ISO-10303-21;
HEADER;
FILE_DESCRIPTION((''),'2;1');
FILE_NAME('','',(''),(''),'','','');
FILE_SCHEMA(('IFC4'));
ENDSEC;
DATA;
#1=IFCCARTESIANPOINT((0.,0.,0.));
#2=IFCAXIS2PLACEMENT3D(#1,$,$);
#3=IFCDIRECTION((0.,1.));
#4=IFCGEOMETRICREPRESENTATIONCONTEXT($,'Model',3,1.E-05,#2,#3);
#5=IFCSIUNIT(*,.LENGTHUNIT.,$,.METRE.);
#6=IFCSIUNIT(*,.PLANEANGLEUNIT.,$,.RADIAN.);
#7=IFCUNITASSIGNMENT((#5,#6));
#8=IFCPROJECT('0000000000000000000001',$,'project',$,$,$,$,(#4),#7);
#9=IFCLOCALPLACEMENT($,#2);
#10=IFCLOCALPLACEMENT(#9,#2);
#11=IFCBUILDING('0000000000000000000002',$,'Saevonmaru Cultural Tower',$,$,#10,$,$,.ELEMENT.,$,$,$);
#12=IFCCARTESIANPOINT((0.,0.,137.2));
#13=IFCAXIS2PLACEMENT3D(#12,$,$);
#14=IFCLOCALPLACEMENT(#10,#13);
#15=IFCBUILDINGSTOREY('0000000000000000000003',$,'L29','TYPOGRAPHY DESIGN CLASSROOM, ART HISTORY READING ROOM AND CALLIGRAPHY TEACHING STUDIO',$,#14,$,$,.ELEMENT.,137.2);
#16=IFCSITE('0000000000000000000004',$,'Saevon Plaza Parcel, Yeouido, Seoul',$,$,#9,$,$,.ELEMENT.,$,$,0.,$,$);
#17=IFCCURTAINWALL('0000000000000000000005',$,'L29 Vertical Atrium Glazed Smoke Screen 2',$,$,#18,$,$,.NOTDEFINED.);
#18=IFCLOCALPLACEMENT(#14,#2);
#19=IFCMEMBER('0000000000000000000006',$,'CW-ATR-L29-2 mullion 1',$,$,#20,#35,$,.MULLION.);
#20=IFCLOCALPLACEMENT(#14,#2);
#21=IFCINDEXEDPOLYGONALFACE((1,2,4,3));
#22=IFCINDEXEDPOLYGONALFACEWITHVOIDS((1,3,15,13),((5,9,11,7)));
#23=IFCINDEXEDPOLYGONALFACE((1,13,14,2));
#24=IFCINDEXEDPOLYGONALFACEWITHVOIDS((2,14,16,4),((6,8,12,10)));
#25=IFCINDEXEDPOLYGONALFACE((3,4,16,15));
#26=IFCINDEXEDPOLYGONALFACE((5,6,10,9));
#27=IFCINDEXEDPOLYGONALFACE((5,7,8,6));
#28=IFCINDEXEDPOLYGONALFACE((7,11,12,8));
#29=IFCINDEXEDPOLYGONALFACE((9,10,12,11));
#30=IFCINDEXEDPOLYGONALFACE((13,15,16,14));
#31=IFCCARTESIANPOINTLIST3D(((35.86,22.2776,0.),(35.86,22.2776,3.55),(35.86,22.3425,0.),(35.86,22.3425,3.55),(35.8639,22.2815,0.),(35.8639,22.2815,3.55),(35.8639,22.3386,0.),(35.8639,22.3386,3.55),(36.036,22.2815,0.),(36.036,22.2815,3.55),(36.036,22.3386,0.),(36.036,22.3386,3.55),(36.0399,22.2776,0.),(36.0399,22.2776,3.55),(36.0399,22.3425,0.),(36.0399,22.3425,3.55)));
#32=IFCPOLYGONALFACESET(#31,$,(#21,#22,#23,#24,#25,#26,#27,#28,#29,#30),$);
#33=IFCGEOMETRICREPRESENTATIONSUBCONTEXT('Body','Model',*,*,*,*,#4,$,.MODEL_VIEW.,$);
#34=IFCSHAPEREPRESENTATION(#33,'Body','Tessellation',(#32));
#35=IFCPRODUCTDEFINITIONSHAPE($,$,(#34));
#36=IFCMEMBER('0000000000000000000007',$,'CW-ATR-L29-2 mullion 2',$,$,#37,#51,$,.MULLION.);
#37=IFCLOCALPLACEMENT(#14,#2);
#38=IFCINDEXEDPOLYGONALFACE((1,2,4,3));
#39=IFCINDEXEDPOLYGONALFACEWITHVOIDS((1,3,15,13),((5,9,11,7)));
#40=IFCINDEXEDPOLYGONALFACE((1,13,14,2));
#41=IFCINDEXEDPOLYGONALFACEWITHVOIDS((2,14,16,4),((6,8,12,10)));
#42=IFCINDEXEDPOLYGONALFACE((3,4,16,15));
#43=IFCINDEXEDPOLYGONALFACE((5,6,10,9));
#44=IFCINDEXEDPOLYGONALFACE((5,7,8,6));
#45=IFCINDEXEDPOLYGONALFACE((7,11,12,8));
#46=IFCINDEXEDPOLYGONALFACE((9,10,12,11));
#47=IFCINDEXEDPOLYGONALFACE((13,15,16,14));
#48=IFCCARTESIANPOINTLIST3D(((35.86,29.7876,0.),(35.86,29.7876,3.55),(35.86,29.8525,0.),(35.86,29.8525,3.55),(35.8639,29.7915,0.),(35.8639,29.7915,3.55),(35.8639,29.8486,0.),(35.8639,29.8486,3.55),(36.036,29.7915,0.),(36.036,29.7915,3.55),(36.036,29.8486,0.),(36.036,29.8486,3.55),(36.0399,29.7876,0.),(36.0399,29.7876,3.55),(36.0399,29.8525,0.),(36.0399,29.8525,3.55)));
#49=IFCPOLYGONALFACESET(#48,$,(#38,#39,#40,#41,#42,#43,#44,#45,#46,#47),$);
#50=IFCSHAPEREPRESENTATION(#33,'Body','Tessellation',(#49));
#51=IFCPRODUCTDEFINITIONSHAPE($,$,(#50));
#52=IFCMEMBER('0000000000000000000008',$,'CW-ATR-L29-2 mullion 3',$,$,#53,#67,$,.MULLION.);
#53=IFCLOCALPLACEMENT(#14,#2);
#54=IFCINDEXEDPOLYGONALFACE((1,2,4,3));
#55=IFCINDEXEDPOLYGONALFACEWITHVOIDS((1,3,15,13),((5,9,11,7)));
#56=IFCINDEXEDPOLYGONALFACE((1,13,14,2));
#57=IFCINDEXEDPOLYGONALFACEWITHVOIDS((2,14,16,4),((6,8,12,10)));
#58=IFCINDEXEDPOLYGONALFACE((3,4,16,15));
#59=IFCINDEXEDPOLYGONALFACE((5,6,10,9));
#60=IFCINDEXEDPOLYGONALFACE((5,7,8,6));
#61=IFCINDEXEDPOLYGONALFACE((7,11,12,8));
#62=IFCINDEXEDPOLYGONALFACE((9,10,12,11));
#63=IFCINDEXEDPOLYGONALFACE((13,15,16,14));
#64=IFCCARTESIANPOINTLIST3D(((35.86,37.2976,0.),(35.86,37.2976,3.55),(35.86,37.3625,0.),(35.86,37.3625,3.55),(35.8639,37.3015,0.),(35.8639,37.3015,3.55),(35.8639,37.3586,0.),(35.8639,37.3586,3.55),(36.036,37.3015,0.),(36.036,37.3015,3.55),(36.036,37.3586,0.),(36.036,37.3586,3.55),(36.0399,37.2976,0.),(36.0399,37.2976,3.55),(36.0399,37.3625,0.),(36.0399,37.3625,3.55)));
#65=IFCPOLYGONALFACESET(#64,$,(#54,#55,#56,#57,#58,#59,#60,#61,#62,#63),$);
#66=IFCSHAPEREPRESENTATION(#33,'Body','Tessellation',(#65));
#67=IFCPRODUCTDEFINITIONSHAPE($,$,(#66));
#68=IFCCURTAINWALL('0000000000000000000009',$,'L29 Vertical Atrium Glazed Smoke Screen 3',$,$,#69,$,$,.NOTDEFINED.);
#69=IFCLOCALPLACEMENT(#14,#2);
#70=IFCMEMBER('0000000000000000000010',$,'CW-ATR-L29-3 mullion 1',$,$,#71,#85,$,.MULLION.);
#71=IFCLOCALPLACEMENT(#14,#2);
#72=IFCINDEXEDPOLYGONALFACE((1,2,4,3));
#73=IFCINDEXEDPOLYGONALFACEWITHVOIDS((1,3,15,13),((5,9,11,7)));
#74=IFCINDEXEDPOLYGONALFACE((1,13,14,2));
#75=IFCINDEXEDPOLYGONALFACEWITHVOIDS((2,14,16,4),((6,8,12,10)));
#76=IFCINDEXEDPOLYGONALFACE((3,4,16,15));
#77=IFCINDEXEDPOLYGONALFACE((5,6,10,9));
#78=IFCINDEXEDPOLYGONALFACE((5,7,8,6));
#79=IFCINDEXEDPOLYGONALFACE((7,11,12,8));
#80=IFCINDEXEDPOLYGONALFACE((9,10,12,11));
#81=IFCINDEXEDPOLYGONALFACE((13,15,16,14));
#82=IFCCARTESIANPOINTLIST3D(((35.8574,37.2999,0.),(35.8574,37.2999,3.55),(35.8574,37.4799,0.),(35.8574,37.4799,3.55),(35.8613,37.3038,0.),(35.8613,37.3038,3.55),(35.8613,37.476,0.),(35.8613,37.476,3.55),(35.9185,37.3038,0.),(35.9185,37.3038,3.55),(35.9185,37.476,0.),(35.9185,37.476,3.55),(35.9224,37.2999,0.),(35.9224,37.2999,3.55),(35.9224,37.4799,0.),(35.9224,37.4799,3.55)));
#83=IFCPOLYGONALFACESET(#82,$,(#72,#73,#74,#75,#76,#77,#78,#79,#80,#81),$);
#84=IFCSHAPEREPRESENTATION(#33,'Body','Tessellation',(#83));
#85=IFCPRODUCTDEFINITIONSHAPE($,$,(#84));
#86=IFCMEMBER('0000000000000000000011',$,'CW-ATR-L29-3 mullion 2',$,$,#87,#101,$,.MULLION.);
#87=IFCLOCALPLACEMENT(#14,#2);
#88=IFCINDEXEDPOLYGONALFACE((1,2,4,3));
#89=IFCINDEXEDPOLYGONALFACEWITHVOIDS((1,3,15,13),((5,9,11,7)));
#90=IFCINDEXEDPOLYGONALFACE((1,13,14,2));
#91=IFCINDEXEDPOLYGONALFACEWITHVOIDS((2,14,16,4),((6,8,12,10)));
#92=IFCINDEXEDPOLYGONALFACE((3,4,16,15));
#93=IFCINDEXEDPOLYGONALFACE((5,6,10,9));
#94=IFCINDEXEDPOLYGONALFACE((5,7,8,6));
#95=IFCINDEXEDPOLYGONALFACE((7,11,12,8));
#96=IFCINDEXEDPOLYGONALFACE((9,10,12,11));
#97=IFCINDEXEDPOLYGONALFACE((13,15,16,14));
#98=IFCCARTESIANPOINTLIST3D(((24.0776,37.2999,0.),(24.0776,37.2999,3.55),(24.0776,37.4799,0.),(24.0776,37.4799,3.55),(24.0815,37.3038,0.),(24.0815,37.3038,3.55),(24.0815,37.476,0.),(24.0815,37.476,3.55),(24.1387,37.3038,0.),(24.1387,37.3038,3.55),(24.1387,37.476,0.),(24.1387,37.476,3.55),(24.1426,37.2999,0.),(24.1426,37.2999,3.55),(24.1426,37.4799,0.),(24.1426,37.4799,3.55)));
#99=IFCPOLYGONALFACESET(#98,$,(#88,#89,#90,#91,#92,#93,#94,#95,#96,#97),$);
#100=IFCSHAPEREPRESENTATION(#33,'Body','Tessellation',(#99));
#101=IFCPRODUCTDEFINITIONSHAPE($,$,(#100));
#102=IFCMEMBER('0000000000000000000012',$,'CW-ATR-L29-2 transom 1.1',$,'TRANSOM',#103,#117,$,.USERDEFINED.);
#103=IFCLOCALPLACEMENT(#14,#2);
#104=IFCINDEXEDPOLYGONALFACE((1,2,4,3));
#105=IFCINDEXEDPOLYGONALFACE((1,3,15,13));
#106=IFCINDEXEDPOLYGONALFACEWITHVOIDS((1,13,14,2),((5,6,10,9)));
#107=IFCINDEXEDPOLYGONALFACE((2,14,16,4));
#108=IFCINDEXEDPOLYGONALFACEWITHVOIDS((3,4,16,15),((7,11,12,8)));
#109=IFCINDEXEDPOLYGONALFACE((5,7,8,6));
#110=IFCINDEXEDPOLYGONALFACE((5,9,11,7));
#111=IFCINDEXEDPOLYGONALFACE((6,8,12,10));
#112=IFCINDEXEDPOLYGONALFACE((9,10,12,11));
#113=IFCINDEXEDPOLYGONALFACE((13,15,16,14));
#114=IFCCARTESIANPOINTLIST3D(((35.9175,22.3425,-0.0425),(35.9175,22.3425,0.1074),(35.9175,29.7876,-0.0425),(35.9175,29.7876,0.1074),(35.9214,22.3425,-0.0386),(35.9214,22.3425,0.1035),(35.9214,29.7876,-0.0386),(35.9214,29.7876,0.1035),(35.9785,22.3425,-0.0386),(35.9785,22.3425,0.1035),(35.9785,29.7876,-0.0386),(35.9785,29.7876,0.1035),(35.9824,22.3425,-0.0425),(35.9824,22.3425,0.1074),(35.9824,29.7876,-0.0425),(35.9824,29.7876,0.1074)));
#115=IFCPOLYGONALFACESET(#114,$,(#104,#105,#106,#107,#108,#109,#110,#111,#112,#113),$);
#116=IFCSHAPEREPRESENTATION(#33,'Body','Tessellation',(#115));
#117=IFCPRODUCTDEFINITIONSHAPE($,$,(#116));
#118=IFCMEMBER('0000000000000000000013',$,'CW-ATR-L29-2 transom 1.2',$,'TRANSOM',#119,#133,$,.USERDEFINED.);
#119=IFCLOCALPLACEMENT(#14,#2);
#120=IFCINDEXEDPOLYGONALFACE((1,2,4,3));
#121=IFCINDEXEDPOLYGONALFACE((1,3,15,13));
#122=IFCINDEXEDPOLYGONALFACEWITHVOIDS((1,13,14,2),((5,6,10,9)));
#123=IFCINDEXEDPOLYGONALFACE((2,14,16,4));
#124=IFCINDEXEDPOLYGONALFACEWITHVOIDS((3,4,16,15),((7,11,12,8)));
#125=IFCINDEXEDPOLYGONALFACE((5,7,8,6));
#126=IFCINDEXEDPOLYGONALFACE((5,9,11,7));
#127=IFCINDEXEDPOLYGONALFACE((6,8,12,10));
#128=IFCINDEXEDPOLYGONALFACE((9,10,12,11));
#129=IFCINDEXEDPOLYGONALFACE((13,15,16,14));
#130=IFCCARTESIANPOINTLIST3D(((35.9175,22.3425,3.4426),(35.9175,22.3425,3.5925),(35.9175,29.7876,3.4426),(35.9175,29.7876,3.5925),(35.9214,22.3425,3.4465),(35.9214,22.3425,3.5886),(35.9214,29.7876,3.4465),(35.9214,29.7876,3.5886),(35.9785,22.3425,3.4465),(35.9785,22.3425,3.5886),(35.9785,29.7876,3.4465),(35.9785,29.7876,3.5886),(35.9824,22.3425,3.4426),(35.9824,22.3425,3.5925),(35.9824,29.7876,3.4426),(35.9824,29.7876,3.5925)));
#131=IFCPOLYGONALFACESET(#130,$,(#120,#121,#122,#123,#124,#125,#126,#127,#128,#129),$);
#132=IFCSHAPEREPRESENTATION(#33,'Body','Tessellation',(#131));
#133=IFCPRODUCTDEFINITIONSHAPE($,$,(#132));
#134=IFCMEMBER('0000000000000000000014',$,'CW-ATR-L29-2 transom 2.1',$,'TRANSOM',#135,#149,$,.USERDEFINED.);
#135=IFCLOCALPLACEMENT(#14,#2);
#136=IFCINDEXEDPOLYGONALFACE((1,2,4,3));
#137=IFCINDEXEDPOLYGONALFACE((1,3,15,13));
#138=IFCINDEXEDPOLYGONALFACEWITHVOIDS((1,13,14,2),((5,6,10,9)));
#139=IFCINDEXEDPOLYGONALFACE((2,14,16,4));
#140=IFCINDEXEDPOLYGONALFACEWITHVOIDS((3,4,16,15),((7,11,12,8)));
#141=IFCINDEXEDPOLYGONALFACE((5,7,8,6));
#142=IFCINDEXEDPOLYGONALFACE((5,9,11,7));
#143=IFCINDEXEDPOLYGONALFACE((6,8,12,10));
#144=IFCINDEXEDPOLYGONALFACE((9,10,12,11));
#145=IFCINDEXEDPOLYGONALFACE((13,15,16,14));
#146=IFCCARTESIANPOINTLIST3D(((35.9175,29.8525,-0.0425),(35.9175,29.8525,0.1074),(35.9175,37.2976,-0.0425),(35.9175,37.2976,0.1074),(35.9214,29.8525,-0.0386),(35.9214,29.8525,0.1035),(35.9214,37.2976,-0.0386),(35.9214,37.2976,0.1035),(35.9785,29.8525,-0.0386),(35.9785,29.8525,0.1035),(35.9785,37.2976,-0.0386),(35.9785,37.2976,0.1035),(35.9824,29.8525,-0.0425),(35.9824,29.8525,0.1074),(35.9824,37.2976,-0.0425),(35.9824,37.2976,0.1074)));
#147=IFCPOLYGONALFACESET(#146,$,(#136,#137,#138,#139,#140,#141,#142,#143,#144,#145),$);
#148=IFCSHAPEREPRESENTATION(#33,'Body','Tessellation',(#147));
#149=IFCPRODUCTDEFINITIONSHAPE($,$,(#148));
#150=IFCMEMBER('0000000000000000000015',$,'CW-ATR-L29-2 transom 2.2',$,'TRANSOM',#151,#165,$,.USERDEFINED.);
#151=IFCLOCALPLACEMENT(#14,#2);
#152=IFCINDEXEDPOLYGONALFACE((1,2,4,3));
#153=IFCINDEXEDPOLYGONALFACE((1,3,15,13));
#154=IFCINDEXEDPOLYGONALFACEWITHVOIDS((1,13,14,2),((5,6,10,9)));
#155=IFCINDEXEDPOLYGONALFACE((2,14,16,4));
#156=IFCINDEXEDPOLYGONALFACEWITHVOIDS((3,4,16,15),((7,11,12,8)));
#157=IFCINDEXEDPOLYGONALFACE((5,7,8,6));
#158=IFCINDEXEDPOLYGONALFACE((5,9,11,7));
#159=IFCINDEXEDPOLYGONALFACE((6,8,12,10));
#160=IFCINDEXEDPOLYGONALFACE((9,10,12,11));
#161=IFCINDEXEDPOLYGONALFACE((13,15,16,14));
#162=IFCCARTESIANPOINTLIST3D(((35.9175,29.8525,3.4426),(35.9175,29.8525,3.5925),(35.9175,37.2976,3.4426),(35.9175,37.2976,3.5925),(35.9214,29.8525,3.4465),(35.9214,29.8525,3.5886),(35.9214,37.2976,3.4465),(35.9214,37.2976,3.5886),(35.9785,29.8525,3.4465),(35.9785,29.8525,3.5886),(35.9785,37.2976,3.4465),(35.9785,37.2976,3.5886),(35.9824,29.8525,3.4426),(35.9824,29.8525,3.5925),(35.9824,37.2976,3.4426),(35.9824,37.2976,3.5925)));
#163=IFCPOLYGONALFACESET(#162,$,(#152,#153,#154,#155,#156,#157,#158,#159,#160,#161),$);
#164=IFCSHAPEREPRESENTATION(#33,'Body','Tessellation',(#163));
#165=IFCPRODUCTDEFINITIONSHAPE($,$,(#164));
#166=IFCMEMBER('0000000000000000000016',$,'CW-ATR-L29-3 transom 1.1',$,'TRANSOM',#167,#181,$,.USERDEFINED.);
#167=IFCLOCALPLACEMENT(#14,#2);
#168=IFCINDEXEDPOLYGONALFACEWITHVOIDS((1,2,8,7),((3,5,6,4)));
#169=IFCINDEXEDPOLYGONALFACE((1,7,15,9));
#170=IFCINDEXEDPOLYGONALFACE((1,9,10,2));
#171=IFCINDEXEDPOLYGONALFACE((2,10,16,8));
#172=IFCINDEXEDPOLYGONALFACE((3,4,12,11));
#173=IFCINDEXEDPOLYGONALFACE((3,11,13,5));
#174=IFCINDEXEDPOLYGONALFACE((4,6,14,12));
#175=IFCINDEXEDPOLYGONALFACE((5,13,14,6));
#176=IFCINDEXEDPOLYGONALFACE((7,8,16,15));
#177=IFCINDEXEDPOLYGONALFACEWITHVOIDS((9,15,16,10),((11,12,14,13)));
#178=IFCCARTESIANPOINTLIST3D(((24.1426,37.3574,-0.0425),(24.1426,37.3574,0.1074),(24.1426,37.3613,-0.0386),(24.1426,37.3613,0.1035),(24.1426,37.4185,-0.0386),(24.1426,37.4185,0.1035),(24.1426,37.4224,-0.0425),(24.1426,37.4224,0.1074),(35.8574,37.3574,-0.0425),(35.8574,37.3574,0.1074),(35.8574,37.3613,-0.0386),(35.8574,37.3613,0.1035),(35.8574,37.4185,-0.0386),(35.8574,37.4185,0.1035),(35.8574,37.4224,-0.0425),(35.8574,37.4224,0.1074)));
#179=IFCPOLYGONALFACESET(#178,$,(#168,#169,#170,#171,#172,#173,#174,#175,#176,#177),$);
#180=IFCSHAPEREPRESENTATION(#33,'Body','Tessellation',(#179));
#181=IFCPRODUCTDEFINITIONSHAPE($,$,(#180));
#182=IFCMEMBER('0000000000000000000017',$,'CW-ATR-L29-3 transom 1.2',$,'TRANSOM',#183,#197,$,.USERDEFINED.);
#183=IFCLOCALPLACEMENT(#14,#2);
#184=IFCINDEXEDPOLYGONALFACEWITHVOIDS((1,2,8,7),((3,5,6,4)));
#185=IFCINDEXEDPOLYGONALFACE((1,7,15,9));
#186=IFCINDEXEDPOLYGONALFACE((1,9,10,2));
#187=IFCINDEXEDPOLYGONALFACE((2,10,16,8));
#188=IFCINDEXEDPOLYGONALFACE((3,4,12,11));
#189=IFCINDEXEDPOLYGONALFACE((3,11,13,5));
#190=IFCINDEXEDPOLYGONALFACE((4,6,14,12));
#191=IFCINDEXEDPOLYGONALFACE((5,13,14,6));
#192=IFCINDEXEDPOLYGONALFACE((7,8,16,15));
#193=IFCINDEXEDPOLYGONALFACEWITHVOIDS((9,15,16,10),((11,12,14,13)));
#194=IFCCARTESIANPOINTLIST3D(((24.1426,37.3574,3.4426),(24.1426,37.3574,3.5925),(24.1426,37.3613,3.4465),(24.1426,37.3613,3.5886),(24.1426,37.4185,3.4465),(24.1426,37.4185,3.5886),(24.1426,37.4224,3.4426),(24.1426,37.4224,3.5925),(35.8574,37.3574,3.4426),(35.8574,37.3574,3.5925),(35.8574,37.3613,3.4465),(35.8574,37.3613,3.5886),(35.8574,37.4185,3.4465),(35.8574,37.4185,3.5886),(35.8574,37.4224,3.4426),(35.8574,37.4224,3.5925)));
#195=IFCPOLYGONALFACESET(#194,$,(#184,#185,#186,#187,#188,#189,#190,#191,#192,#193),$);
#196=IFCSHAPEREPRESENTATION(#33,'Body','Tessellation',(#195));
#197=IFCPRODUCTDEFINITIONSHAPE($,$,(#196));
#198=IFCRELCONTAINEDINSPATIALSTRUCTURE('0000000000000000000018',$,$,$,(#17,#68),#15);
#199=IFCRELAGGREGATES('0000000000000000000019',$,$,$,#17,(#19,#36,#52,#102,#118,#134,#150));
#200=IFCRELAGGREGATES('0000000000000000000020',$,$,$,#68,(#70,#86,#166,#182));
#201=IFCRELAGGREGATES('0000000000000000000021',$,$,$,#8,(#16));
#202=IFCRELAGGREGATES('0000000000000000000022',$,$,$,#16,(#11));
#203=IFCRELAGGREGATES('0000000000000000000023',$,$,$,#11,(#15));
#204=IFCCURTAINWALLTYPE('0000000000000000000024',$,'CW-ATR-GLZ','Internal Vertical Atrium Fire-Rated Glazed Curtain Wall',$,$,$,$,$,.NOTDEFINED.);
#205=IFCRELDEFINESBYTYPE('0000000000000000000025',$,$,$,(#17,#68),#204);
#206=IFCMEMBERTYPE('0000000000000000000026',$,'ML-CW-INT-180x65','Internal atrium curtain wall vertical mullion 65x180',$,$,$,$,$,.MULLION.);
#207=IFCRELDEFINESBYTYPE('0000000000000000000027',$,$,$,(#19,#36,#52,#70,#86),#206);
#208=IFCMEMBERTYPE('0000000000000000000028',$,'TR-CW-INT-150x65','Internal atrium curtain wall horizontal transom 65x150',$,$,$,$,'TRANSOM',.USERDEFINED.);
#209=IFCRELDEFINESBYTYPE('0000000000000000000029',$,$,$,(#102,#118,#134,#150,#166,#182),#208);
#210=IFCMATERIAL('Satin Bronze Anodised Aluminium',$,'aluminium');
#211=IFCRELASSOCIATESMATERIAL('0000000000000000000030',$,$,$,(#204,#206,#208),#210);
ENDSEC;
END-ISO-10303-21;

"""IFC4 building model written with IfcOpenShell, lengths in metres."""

from ifc_helpers import new_model, si_unit, direction, frame, origin, origin_2d, place, context, subcontext, project, spatial, hollow_rectangle, extrude, material, material_profile, profile_set, type_object, element, aggregate, save


model = new_model("IFC4")

# Units and contexts
model_context = context("Model", 3, precision=1e-05, world=origin(), true_north=direction((0.0, 1.0)))
body_context = subcontext(model_context, "Body", "Model", "MODEL_VIEW")
ifc_project = project(units=[si_unit("LENGTHUNIT", "METRE"), si_unit("PLANEANGLEUNIT", "RADIAN")], contexts=[model_context])

# Site, building, storey
site_placement = place(None, origin())
site = spatial("IfcSite", under=ifc_project, at=site_placement, Name="Saevon Plaza Parcel, Yeouido, Seoul", CompositionType="ELEMENT", RefElevation=0.0)
building_placement = place(site_placement, origin())
building = spatial("IfcBuilding", under=site, at=building_placement, Name="Saevonmaru Cultural Tower", CompositionType="ELEMENT")
storey_placement = place(building_placement, frame((0.0, 0.0, 137.2)))
storey = spatial("IfcBuildingStorey", under=building, at=storey_placement, Name="L29", Description="TYPOGRAPHY DESIGN CLASSROOM, ART HISTORY READING ROOM AND CALLIGRAPHY TEACHING STUDIO", CompositionType="ELEMENT", Elevation=137.2)

# Curtain walls, members
ifc_material_1 = material(Name="Satin Bronze Anodised Aluminium", Category="aluminium")
curtain_wall_type = type_object("IfcCurtainWallType", Name="CW-ATR-GLZ", Description="Internal Vertical Atrium Fire-Rated Glazed Curtain Wall", PredefinedType="NOTDEFINED", material=ifc_material_1)
curtain_wall_1_placement = place(storey_placement, origin())
curtain_wall_1 = element("IfcCurtainWall", 1, at=curtain_wall_1_placement, inside=storey, type_object=curtain_wall_type, Name="L29 Vertical Atrium Glazed Smoke Screen 2", PredefinedType="NOTDEFINED")
ifc_material_profile_1 = material_profile(ifc_material_1, hollow_rectangle(XDim=0.0649, YDim=0.1799, WallThickness=0.0039, at=origin_2d()), Name="ALU-MULL-180x65x4")
ifc_profile_set_1 = profile_set([ifc_material_profile_1], Name="Satin Bronze Anodised Aluminium")
member_type_1 = type_object("IfcMemberType", Name="ML-CW-INT-180x65", Description="Internal atrium curtain wall vertical mullion 65x180", PredefinedType="MULLION", material=ifc_profile_set_1)
member_1_placement = place(storey_placement, frame((35.95, 22.3101, 0.0), z_axis=(0.0, 0.0, 1.0), x_axis=(0.0, 1.0, 0.0)))
member_1 = element("IfcMember", 2, at=member_1_placement, type_object=member_type_1, Name="CW-ATR-L29-2 mullion 1", PredefinedType="MULLION", context=body_context, shape_type="SweptSolid", body=[
    extrude(hollow_rectangle(XDim=0.0649, YDim=0.1799, WallThickness=0.0039, at=origin_2d()), origin(), (0.0, 0.0, 1.0), 3.55),
])
member_2_placement = place(storey_placement, frame((35.95, 29.8201, 0.0), z_axis=(0.0, 0.0, 1.0), x_axis=(0.0, 1.0, 0.0)))
member_2 = element("IfcMember", 3, at=member_2_placement, type_object=member_type_1, Name="CW-ATR-L29-2 mullion 2", PredefinedType="MULLION", context=body_context, shape_type="SweptSolid", body=[
    extrude(hollow_rectangle(XDim=0.0649, YDim=0.1799, WallThickness=0.0039, at=origin_2d()), origin(), (0.0, 0.0, 1.0), 3.55),
])
member_3_placement = place(storey_placement, frame((35.95, 37.3301, 0.0), z_axis=(0.0, 0.0, 1.0), x_axis=(0.0, 1.0, 0.0)))
member_3 = element("IfcMember", 4, at=member_3_placement, type_object=member_type_1, Name="CW-ATR-L29-2 mullion 3", PredefinedType="MULLION", context=body_context, shape_type="SweptSolid", body=[
    extrude(hollow_rectangle(XDim=0.0649, YDim=0.1799, WallThickness=0.0039, at=origin_2d()), origin(), (0.0, 0.0, 1.0), 3.55),
])
curtain_wall_2_placement = place(storey_placement, origin())
curtain_wall_2 = element("IfcCurtainWall", 5, at=curtain_wall_2_placement, inside=storey, type_object=curtain_wall_type, Name="L29 Vertical Atrium Glazed Smoke Screen 3", PredefinedType="NOTDEFINED")
member_4_placement = place(storey_placement, frame((35.8899, 37.3899, 0.0), z_axis=(0.0, 0.0, 1.0), x_axis=(-1.0, 0.0, 0.0)))
member_4 = element("IfcMember", 6, at=member_4_placement, type_object=member_type_1, Name="CW-ATR-L29-3 mullion 1", PredefinedType="MULLION", context=body_context, shape_type="SweptSolid", body=[
    extrude(hollow_rectangle(XDim=0.0649, YDim=0.1799, WallThickness=0.0039, at=origin_2d()), origin(), (0.0, 0.0, 1.0), 3.55),
])
member_5_placement = place(storey_placement, frame((24.1101, 37.3899, 0.0), z_axis=(0.0, 0.0, 1.0), x_axis=(-1.0, 0.0, 0.0)))
member_5 = element("IfcMember", 7, at=member_5_placement, type_object=member_type_1, Name="CW-ATR-L29-3 mullion 2", PredefinedType="MULLION", context=body_context, shape_type="SweptSolid", body=[
    extrude(hollow_rectangle(XDim=0.0649, YDim=0.1799, WallThickness=0.0039, at=origin_2d()), origin(), (0.0, 0.0, 1.0), 3.55),
])

# Members
ifc_material_profile_2 = material_profile(ifc_material_1, hollow_rectangle(XDim=0.0649, YDim=0.1499, WallThickness=0.0039, at=origin_2d()), Name="ALU-TRAN-150x65x4")
ifc_profile_set_2 = profile_set([ifc_material_profile_2], Name="Satin Bronze Anodised Aluminium")
member_type_2 = type_object("IfcMemberType", Name="TR-CW-INT-150x65", Description="Internal atrium curtain wall horizontal transom 65x150", ElementType="TRANSOM", PredefinedType="USERDEFINED", material=ifc_profile_set_2)
member_6_placement = place(storey_placement, frame((35.95, 22.3425, 0.0325), z_axis=(0.0, 1.0, 0.0), x_axis=(-1.0, 0.0, 0.0)))
member_6 = element("IfcMember", 8, at=member_6_placement, type_object=member_type_2, Name="CW-ATR-L29-2 transom 1.1", ObjectType="TRANSOM", PredefinedType="USERDEFINED", context=body_context, shape_type="SweptSolid", body=[
    extrude(hollow_rectangle(XDim=0.0649, YDim=0.1499, WallThickness=0.0039, at=origin_2d()), origin(), (0.0, 0.0, 1.0), 7.4451),
])
member_7_placement = place(storey_placement, frame((35.95, 22.3425, 3.5176), z_axis=(0.0, 1.0, 0.0), x_axis=(-1.0, 0.0, 0.0)))
member_7 = element("IfcMember", 9, at=member_7_placement, type_object=member_type_2, Name="CW-ATR-L29-2 transom 1.2", ObjectType="TRANSOM", PredefinedType="USERDEFINED", context=body_context, shape_type="SweptSolid", body=[
    extrude(hollow_rectangle(XDim=0.0649, YDim=0.1499, WallThickness=0.0039, at=origin_2d()), origin(), (0.0, 0.0, 1.0), 7.4451),
])
member_8_placement = place(storey_placement, frame((35.95, 29.8525, 0.0325), z_axis=(0.0, 1.0, 0.0), x_axis=(-1.0, 0.0, 0.0)))
member_8 = element("IfcMember", 10, at=member_8_placement, type_object=member_type_2, Name="CW-ATR-L29-2 transom 2.1", ObjectType="TRANSOM", PredefinedType="USERDEFINED", context=body_context, shape_type="SweptSolid", body=[
    extrude(hollow_rectangle(XDim=0.0649, YDim=0.1499, WallThickness=0.0039, at=origin_2d()), origin(), (0.0, 0.0, 1.0), 7.4451),
])
member_9_placement = place(storey_placement, frame((35.95, 29.8525, 3.5176), z_axis=(0.0, 1.0, 0.0), x_axis=(-1.0, 0.0, 0.0)))
member_9 = element("IfcMember", 11, at=member_9_placement, type_object=member_type_2, Name="CW-ATR-L29-2 transom 2.2", ObjectType="TRANSOM", PredefinedType="USERDEFINED", context=body_context, shape_type="SweptSolid", body=[
    extrude(hollow_rectangle(XDim=0.0649, YDim=0.1499, WallThickness=0.0039, at=origin_2d()), origin(), (0.0, 0.0, 1.0), 7.4451),
])
member_10_placement = place(storey_placement, frame((35.8574, 37.3899, 0.0325), z_axis=(-1.0, 0.0, 0.0), x_axis=(0.0, -1.0, 0.0)))
member_10 = element("IfcMember", 12, at=member_10_placement, type_object=member_type_2, Name="CW-ATR-L29-3 transom 1.1", ObjectType="TRANSOM", PredefinedType="USERDEFINED", context=body_context, shape_type="SweptSolid", body=[
    extrude(hollow_rectangle(XDim=0.0649, YDim=0.1499, WallThickness=0.0039, at=origin_2d()), origin(), (0.0, 0.0, 1.0), 11.7148),
])
member_11_placement = place(storey_placement, frame((35.8574, 37.3899, 3.5176), z_axis=(-1.0, 0.0, 0.0), x_axis=(0.0, -1.0, 0.0)))
member_11 = element("IfcMember", 13, at=member_11_placement, type_object=member_type_2, Name="CW-ATR-L29-3 transom 1.2", ObjectType="TRANSOM", PredefinedType="USERDEFINED", context=body_context, shape_type="SweptSolid", body=[
    extrude(hollow_rectangle(XDim=0.0649, YDim=0.1499, WallThickness=0.0039, at=origin_2d()), origin(), (0.0, 0.0, 1.0), 11.7148),
])

aggregate(curtain_wall_1, [member_1, member_2, member_3, member_6, member_7, member_8, member_9])
aggregate(curtain_wall_2, [member_4, member_5, member_10, member_11])

save(model, "model.ifc")
